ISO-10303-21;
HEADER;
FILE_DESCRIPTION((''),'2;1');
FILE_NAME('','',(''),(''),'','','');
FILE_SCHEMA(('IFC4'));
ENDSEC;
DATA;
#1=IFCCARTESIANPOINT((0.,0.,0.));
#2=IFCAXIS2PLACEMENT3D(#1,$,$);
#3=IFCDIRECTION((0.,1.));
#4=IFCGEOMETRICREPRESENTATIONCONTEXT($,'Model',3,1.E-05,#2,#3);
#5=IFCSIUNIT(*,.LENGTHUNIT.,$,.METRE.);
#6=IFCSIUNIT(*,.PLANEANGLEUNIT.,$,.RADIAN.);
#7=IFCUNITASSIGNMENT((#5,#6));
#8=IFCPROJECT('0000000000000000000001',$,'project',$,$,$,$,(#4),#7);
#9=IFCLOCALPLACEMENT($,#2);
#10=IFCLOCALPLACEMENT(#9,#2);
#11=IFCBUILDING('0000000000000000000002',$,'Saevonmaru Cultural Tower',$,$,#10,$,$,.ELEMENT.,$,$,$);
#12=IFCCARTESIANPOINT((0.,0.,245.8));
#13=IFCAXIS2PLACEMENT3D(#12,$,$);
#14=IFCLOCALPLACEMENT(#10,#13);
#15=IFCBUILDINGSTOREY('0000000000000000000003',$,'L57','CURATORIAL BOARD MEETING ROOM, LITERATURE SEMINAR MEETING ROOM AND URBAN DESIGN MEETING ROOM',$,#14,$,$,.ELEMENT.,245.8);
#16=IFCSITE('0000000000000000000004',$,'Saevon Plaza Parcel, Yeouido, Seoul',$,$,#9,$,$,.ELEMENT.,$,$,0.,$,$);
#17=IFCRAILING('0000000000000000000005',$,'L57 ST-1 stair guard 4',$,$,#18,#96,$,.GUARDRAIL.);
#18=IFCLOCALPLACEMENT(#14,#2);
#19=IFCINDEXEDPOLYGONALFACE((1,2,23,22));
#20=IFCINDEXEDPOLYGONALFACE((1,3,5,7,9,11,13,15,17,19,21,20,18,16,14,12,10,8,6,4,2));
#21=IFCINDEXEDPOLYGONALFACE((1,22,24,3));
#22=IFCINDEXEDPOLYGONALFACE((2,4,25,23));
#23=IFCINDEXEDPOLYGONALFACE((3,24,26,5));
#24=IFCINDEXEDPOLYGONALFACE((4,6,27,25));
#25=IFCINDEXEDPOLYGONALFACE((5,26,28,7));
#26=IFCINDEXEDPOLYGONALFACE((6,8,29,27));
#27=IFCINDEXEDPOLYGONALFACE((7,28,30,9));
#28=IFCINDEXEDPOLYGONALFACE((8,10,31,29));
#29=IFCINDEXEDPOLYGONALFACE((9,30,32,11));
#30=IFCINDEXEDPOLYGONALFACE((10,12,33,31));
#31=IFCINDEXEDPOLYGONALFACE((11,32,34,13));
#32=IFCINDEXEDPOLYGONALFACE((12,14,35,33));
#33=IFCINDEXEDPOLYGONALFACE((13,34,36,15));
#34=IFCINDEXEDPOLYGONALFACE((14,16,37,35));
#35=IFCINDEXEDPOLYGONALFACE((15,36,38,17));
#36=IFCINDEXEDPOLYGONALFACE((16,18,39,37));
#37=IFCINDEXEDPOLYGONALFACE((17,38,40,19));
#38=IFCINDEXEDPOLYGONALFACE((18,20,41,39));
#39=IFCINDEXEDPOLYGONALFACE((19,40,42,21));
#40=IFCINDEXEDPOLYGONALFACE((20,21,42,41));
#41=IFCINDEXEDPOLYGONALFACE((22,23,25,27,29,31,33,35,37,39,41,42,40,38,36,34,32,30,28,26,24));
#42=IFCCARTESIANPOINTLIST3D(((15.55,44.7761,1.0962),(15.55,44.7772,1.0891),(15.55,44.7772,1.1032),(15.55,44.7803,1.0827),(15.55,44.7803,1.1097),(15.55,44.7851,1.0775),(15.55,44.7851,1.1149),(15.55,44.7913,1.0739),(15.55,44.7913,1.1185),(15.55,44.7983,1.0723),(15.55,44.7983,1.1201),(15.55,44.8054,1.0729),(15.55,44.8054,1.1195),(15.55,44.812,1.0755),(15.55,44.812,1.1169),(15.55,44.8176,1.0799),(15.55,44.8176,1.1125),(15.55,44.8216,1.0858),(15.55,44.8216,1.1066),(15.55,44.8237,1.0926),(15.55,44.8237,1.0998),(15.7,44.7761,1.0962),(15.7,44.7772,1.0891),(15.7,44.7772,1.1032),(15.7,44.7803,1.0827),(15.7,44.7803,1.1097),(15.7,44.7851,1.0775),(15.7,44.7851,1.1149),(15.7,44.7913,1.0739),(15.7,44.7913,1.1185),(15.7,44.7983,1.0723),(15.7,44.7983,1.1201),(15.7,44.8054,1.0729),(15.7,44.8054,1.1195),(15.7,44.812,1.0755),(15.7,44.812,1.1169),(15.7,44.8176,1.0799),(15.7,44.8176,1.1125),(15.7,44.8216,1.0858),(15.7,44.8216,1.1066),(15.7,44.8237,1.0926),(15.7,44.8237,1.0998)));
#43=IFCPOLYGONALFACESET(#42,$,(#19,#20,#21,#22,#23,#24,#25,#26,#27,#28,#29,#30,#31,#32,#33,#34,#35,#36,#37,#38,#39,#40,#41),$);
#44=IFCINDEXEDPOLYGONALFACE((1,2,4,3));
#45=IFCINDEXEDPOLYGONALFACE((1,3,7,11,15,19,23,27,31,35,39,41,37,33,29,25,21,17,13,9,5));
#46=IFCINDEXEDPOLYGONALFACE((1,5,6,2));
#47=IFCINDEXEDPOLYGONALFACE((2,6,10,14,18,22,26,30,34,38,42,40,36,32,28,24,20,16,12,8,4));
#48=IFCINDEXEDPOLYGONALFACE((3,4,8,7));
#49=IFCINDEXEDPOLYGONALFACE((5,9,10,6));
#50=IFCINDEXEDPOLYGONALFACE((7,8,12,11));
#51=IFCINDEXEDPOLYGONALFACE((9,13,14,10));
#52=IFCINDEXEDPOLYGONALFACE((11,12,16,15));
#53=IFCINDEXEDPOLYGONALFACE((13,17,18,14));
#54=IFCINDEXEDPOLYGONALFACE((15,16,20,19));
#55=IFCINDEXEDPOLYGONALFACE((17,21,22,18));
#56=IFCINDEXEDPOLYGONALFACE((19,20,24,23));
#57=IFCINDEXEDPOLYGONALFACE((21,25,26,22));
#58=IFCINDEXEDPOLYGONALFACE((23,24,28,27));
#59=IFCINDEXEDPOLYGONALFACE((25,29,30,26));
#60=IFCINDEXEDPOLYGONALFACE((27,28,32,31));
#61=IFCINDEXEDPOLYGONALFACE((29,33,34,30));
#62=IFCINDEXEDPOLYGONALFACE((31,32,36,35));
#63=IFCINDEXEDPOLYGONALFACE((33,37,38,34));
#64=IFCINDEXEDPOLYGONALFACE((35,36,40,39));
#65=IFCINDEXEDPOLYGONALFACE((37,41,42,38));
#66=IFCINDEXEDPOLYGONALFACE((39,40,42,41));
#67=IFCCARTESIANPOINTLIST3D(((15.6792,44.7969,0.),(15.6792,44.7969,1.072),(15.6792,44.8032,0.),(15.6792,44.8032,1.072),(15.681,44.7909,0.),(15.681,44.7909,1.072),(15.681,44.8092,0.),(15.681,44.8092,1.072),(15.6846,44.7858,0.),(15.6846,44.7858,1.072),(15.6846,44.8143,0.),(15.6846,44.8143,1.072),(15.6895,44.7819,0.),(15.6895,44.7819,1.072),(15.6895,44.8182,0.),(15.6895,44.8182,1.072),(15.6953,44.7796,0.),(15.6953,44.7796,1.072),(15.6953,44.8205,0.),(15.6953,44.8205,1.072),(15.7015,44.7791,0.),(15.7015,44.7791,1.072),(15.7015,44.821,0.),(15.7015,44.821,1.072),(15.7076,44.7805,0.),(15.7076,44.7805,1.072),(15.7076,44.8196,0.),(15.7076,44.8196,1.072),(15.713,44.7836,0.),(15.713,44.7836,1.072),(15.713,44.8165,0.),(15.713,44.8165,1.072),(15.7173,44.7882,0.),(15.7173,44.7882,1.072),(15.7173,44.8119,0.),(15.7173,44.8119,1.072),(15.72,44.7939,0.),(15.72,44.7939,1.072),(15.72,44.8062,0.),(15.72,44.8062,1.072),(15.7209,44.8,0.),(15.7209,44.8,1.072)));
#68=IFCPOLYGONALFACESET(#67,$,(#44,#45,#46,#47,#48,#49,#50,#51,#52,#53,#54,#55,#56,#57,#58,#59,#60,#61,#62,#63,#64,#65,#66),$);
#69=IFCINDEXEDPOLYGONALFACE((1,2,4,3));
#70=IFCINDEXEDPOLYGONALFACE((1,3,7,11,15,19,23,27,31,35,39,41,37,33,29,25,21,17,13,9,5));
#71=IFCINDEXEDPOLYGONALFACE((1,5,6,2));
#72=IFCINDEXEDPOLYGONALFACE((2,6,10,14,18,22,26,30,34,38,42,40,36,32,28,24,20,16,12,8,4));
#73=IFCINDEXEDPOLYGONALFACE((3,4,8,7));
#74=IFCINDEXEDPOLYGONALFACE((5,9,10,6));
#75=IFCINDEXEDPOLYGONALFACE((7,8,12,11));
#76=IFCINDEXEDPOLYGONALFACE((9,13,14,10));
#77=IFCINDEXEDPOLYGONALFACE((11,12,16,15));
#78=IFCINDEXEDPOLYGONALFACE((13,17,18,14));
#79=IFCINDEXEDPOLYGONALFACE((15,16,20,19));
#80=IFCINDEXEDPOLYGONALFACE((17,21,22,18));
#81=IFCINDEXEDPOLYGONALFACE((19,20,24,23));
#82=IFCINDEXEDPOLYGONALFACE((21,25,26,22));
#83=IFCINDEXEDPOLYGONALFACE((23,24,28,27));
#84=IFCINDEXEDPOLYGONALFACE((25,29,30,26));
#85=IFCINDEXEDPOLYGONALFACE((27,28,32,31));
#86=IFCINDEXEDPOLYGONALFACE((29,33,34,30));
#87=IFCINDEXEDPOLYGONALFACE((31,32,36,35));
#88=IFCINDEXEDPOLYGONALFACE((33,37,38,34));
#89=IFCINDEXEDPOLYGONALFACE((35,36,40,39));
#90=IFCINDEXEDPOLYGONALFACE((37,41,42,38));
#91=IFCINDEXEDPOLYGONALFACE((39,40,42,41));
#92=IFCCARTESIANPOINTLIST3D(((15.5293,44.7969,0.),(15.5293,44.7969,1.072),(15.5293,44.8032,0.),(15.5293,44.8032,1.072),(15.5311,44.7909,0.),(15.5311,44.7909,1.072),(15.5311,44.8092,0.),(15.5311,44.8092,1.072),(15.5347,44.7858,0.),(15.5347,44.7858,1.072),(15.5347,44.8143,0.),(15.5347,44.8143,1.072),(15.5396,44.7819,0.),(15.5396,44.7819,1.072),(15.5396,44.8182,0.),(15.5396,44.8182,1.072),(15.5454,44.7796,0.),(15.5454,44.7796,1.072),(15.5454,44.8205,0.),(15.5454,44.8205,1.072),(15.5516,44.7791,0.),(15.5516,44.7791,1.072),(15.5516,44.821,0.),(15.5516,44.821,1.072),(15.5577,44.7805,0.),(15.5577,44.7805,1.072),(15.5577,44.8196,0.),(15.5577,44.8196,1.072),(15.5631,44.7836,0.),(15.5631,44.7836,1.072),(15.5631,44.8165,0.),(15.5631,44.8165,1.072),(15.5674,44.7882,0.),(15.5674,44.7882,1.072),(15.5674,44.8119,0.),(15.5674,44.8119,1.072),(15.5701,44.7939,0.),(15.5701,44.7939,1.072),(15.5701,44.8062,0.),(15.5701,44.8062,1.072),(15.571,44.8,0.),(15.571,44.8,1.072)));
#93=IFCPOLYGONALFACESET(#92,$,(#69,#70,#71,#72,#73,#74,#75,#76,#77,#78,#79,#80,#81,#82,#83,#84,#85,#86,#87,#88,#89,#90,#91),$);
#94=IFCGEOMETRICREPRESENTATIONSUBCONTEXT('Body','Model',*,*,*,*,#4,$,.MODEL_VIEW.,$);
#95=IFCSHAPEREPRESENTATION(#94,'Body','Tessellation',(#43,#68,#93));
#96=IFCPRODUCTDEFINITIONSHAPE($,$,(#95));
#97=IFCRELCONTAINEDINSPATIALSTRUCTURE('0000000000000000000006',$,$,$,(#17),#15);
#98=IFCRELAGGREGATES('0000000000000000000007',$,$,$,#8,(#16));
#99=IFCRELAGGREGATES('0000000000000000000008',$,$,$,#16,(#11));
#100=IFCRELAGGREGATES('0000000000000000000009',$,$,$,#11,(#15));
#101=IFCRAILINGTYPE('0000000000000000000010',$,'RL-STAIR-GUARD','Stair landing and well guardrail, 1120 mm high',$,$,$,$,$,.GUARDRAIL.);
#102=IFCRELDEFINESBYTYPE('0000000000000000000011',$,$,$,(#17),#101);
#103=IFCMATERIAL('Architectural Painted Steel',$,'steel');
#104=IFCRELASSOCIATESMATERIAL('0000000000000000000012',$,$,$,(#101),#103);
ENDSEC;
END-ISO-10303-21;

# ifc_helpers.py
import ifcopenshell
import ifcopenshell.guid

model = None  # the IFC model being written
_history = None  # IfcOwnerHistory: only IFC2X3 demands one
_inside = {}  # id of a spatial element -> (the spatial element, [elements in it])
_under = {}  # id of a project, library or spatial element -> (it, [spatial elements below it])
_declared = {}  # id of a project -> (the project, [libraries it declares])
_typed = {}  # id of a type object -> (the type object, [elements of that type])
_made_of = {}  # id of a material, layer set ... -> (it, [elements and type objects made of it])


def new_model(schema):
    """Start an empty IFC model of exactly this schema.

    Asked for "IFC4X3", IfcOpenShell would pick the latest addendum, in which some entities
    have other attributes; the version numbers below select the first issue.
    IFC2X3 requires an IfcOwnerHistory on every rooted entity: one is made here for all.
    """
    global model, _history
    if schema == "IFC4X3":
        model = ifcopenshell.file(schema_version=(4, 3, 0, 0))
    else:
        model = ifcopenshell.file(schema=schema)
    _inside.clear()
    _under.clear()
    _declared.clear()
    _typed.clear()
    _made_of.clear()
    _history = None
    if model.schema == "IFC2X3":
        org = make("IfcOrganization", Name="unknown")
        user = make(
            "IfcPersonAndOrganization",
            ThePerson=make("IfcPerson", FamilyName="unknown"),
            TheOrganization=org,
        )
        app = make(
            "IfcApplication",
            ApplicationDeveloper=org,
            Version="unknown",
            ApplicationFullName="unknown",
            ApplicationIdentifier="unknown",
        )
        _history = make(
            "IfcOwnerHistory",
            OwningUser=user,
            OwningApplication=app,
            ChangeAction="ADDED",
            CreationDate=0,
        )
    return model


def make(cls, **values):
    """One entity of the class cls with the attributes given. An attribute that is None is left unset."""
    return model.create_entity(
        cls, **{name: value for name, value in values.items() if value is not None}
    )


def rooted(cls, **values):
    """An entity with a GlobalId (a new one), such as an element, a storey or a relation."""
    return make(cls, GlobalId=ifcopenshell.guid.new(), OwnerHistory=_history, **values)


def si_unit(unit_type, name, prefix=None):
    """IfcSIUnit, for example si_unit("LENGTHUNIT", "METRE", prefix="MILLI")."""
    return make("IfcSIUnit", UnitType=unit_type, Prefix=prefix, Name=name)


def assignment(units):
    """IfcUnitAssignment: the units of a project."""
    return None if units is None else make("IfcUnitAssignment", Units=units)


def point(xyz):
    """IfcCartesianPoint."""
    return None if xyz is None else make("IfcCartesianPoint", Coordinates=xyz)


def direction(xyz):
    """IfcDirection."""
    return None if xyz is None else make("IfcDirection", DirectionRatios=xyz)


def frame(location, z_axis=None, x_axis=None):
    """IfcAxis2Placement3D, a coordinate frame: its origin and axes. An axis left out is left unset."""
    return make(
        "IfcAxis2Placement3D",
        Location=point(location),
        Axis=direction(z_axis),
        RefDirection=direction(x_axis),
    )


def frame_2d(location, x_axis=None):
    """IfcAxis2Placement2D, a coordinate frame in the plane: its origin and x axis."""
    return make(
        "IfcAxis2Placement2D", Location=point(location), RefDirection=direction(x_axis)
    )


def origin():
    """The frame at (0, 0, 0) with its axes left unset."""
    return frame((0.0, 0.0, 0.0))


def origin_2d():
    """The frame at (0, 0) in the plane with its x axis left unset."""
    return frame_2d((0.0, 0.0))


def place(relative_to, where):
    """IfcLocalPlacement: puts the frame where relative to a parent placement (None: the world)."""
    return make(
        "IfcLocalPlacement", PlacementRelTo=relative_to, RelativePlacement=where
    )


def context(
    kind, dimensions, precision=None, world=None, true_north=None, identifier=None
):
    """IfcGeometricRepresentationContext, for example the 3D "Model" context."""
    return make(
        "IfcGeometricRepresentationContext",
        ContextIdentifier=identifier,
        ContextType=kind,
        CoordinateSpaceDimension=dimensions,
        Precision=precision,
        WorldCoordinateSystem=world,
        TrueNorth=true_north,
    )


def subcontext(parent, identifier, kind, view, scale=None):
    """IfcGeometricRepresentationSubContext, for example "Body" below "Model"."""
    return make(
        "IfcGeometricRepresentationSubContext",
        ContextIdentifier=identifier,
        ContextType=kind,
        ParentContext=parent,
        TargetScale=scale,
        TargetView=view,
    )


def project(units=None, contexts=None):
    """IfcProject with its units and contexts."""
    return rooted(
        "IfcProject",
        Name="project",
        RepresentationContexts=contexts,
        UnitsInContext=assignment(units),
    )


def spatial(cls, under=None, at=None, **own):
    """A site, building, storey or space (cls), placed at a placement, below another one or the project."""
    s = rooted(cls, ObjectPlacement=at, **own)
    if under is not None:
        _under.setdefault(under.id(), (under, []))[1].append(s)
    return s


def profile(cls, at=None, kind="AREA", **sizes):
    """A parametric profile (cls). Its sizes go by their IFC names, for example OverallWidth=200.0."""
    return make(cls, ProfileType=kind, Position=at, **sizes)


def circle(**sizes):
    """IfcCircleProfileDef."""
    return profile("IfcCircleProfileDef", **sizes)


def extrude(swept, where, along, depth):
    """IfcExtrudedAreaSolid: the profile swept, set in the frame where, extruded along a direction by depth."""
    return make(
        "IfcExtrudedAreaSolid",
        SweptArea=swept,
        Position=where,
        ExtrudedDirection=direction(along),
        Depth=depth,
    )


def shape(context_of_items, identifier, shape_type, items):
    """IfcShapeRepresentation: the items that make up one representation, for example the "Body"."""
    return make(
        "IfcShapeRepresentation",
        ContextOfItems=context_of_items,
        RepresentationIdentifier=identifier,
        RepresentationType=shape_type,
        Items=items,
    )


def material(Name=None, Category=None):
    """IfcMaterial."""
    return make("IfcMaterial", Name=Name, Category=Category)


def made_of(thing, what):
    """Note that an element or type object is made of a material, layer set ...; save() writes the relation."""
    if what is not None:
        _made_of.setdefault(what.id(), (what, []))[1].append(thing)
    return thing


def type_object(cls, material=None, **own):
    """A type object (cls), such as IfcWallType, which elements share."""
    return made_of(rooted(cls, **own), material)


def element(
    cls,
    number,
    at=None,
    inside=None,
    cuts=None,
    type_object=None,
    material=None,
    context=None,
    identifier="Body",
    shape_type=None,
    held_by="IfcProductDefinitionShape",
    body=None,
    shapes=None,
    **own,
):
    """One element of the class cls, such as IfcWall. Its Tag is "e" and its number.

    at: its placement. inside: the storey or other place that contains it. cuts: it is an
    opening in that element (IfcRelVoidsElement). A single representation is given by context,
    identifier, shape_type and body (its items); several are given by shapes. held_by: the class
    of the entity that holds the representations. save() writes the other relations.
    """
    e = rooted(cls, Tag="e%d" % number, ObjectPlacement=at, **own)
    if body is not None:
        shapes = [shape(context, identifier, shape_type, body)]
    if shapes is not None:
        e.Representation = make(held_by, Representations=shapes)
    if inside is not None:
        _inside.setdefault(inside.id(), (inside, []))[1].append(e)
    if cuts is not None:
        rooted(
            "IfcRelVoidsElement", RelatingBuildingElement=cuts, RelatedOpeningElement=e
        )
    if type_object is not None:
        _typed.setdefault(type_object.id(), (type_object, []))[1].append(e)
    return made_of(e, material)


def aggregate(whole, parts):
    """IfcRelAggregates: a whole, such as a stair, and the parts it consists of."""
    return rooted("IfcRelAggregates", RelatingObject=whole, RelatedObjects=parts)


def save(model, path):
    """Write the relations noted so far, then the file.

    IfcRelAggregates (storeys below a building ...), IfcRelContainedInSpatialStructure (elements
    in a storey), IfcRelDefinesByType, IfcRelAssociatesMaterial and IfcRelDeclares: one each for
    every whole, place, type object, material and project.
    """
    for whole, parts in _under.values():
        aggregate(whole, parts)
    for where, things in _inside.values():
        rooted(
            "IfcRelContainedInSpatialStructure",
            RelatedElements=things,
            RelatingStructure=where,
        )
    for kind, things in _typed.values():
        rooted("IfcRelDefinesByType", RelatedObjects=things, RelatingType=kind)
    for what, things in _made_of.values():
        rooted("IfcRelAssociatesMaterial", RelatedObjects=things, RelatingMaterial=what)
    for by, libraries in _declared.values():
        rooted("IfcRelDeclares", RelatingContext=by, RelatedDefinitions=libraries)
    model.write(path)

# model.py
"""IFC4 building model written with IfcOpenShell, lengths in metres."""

from ifc_helpers import new_model, si_unit, direction, frame, origin, origin_2d, place, context, subcontext, project, spatial, circle, extrude, material, type_object, element, save


model = new_model("IFC4")

# Units and contexts
model_context = context("Model", 3, precision=1e-05, world=origin(), true_north=direction((0.0, 1.0)))
body_context = subcontext(model_context, "Body", "Model", "MODEL_VIEW")
ifc_project = project(units=[si_unit("LENGTHUNIT", "METRE"), si_unit("PLANEANGLEUNIT", "RADIAN")], contexts=[model_context])

# Site, building, storey
site_placement = place(None, origin())
site = spatial("IfcSite", under=ifc_project, at=site_placement, Name="Saevon Plaza Parcel, Yeouido, Seoul", CompositionType="ELEMENT", RefElevation=0.0)
building_placement = place(site_placement, origin())
building = spatial("IfcBuilding", under=site, at=building_placement, Name="Saevonmaru Cultural Tower", CompositionType="ELEMENT")
storey_placement = place(building_placement, frame((0.0, 0.0, 245.8)))
storey = spatial("IfcBuildingStorey", under=building, at=storey_placement, Name="L57", Description="CURATORIAL BOARD MEETING ROOM, LITERATURE SEMINAR MEETING ROOM AND URBAN DESIGN MEETING ROOM", CompositionType="ELEMENT", Elevation=245.8)

# Railing
ifc_material_1 = material(Name="Architectural Painted Steel", Category="steel")
railing_type_1 = type_object("IfcRailingType", Name="RL-STAIR-GUARD", Description="Stair landing and well guardrail, 1120 mm high", PredefinedType="GUARDRAIL", material=ifc_material_1)
railing_1_placement = place(storey_placement, frame((15.7, 44.8, 0.0)))
element("IfcRailing", 1, at=railing_1_placement, inside=storey, type_object=railing_type_1, Name="L57 ST-1 stair guard 4", PredefinedType="GUARDRAIL", context=body_context, shape_type="SweptSolid", body=[
    extrude(circle(Radius=0.0239, at=origin_2d()), frame((0.0, 0.0, 1.0962), z_axis=(-1.0, 0.0, 0.0), x_axis=(0.0, -1.0, 0.0)), (0.0, 0.0, 1.0), 0.1499),
    extrude(circle(Radius=0.021, at=origin_2d()), origin(), (0.0, 0.0, 1.0), 1.072),
    extrude(circle(Radius=0.021, at=origin_2d()), frame((-0.1499, 0.0, 0.0)), (0.0, 0.0, 1.0), 1.072),
])

save(model, "model.ifc")
